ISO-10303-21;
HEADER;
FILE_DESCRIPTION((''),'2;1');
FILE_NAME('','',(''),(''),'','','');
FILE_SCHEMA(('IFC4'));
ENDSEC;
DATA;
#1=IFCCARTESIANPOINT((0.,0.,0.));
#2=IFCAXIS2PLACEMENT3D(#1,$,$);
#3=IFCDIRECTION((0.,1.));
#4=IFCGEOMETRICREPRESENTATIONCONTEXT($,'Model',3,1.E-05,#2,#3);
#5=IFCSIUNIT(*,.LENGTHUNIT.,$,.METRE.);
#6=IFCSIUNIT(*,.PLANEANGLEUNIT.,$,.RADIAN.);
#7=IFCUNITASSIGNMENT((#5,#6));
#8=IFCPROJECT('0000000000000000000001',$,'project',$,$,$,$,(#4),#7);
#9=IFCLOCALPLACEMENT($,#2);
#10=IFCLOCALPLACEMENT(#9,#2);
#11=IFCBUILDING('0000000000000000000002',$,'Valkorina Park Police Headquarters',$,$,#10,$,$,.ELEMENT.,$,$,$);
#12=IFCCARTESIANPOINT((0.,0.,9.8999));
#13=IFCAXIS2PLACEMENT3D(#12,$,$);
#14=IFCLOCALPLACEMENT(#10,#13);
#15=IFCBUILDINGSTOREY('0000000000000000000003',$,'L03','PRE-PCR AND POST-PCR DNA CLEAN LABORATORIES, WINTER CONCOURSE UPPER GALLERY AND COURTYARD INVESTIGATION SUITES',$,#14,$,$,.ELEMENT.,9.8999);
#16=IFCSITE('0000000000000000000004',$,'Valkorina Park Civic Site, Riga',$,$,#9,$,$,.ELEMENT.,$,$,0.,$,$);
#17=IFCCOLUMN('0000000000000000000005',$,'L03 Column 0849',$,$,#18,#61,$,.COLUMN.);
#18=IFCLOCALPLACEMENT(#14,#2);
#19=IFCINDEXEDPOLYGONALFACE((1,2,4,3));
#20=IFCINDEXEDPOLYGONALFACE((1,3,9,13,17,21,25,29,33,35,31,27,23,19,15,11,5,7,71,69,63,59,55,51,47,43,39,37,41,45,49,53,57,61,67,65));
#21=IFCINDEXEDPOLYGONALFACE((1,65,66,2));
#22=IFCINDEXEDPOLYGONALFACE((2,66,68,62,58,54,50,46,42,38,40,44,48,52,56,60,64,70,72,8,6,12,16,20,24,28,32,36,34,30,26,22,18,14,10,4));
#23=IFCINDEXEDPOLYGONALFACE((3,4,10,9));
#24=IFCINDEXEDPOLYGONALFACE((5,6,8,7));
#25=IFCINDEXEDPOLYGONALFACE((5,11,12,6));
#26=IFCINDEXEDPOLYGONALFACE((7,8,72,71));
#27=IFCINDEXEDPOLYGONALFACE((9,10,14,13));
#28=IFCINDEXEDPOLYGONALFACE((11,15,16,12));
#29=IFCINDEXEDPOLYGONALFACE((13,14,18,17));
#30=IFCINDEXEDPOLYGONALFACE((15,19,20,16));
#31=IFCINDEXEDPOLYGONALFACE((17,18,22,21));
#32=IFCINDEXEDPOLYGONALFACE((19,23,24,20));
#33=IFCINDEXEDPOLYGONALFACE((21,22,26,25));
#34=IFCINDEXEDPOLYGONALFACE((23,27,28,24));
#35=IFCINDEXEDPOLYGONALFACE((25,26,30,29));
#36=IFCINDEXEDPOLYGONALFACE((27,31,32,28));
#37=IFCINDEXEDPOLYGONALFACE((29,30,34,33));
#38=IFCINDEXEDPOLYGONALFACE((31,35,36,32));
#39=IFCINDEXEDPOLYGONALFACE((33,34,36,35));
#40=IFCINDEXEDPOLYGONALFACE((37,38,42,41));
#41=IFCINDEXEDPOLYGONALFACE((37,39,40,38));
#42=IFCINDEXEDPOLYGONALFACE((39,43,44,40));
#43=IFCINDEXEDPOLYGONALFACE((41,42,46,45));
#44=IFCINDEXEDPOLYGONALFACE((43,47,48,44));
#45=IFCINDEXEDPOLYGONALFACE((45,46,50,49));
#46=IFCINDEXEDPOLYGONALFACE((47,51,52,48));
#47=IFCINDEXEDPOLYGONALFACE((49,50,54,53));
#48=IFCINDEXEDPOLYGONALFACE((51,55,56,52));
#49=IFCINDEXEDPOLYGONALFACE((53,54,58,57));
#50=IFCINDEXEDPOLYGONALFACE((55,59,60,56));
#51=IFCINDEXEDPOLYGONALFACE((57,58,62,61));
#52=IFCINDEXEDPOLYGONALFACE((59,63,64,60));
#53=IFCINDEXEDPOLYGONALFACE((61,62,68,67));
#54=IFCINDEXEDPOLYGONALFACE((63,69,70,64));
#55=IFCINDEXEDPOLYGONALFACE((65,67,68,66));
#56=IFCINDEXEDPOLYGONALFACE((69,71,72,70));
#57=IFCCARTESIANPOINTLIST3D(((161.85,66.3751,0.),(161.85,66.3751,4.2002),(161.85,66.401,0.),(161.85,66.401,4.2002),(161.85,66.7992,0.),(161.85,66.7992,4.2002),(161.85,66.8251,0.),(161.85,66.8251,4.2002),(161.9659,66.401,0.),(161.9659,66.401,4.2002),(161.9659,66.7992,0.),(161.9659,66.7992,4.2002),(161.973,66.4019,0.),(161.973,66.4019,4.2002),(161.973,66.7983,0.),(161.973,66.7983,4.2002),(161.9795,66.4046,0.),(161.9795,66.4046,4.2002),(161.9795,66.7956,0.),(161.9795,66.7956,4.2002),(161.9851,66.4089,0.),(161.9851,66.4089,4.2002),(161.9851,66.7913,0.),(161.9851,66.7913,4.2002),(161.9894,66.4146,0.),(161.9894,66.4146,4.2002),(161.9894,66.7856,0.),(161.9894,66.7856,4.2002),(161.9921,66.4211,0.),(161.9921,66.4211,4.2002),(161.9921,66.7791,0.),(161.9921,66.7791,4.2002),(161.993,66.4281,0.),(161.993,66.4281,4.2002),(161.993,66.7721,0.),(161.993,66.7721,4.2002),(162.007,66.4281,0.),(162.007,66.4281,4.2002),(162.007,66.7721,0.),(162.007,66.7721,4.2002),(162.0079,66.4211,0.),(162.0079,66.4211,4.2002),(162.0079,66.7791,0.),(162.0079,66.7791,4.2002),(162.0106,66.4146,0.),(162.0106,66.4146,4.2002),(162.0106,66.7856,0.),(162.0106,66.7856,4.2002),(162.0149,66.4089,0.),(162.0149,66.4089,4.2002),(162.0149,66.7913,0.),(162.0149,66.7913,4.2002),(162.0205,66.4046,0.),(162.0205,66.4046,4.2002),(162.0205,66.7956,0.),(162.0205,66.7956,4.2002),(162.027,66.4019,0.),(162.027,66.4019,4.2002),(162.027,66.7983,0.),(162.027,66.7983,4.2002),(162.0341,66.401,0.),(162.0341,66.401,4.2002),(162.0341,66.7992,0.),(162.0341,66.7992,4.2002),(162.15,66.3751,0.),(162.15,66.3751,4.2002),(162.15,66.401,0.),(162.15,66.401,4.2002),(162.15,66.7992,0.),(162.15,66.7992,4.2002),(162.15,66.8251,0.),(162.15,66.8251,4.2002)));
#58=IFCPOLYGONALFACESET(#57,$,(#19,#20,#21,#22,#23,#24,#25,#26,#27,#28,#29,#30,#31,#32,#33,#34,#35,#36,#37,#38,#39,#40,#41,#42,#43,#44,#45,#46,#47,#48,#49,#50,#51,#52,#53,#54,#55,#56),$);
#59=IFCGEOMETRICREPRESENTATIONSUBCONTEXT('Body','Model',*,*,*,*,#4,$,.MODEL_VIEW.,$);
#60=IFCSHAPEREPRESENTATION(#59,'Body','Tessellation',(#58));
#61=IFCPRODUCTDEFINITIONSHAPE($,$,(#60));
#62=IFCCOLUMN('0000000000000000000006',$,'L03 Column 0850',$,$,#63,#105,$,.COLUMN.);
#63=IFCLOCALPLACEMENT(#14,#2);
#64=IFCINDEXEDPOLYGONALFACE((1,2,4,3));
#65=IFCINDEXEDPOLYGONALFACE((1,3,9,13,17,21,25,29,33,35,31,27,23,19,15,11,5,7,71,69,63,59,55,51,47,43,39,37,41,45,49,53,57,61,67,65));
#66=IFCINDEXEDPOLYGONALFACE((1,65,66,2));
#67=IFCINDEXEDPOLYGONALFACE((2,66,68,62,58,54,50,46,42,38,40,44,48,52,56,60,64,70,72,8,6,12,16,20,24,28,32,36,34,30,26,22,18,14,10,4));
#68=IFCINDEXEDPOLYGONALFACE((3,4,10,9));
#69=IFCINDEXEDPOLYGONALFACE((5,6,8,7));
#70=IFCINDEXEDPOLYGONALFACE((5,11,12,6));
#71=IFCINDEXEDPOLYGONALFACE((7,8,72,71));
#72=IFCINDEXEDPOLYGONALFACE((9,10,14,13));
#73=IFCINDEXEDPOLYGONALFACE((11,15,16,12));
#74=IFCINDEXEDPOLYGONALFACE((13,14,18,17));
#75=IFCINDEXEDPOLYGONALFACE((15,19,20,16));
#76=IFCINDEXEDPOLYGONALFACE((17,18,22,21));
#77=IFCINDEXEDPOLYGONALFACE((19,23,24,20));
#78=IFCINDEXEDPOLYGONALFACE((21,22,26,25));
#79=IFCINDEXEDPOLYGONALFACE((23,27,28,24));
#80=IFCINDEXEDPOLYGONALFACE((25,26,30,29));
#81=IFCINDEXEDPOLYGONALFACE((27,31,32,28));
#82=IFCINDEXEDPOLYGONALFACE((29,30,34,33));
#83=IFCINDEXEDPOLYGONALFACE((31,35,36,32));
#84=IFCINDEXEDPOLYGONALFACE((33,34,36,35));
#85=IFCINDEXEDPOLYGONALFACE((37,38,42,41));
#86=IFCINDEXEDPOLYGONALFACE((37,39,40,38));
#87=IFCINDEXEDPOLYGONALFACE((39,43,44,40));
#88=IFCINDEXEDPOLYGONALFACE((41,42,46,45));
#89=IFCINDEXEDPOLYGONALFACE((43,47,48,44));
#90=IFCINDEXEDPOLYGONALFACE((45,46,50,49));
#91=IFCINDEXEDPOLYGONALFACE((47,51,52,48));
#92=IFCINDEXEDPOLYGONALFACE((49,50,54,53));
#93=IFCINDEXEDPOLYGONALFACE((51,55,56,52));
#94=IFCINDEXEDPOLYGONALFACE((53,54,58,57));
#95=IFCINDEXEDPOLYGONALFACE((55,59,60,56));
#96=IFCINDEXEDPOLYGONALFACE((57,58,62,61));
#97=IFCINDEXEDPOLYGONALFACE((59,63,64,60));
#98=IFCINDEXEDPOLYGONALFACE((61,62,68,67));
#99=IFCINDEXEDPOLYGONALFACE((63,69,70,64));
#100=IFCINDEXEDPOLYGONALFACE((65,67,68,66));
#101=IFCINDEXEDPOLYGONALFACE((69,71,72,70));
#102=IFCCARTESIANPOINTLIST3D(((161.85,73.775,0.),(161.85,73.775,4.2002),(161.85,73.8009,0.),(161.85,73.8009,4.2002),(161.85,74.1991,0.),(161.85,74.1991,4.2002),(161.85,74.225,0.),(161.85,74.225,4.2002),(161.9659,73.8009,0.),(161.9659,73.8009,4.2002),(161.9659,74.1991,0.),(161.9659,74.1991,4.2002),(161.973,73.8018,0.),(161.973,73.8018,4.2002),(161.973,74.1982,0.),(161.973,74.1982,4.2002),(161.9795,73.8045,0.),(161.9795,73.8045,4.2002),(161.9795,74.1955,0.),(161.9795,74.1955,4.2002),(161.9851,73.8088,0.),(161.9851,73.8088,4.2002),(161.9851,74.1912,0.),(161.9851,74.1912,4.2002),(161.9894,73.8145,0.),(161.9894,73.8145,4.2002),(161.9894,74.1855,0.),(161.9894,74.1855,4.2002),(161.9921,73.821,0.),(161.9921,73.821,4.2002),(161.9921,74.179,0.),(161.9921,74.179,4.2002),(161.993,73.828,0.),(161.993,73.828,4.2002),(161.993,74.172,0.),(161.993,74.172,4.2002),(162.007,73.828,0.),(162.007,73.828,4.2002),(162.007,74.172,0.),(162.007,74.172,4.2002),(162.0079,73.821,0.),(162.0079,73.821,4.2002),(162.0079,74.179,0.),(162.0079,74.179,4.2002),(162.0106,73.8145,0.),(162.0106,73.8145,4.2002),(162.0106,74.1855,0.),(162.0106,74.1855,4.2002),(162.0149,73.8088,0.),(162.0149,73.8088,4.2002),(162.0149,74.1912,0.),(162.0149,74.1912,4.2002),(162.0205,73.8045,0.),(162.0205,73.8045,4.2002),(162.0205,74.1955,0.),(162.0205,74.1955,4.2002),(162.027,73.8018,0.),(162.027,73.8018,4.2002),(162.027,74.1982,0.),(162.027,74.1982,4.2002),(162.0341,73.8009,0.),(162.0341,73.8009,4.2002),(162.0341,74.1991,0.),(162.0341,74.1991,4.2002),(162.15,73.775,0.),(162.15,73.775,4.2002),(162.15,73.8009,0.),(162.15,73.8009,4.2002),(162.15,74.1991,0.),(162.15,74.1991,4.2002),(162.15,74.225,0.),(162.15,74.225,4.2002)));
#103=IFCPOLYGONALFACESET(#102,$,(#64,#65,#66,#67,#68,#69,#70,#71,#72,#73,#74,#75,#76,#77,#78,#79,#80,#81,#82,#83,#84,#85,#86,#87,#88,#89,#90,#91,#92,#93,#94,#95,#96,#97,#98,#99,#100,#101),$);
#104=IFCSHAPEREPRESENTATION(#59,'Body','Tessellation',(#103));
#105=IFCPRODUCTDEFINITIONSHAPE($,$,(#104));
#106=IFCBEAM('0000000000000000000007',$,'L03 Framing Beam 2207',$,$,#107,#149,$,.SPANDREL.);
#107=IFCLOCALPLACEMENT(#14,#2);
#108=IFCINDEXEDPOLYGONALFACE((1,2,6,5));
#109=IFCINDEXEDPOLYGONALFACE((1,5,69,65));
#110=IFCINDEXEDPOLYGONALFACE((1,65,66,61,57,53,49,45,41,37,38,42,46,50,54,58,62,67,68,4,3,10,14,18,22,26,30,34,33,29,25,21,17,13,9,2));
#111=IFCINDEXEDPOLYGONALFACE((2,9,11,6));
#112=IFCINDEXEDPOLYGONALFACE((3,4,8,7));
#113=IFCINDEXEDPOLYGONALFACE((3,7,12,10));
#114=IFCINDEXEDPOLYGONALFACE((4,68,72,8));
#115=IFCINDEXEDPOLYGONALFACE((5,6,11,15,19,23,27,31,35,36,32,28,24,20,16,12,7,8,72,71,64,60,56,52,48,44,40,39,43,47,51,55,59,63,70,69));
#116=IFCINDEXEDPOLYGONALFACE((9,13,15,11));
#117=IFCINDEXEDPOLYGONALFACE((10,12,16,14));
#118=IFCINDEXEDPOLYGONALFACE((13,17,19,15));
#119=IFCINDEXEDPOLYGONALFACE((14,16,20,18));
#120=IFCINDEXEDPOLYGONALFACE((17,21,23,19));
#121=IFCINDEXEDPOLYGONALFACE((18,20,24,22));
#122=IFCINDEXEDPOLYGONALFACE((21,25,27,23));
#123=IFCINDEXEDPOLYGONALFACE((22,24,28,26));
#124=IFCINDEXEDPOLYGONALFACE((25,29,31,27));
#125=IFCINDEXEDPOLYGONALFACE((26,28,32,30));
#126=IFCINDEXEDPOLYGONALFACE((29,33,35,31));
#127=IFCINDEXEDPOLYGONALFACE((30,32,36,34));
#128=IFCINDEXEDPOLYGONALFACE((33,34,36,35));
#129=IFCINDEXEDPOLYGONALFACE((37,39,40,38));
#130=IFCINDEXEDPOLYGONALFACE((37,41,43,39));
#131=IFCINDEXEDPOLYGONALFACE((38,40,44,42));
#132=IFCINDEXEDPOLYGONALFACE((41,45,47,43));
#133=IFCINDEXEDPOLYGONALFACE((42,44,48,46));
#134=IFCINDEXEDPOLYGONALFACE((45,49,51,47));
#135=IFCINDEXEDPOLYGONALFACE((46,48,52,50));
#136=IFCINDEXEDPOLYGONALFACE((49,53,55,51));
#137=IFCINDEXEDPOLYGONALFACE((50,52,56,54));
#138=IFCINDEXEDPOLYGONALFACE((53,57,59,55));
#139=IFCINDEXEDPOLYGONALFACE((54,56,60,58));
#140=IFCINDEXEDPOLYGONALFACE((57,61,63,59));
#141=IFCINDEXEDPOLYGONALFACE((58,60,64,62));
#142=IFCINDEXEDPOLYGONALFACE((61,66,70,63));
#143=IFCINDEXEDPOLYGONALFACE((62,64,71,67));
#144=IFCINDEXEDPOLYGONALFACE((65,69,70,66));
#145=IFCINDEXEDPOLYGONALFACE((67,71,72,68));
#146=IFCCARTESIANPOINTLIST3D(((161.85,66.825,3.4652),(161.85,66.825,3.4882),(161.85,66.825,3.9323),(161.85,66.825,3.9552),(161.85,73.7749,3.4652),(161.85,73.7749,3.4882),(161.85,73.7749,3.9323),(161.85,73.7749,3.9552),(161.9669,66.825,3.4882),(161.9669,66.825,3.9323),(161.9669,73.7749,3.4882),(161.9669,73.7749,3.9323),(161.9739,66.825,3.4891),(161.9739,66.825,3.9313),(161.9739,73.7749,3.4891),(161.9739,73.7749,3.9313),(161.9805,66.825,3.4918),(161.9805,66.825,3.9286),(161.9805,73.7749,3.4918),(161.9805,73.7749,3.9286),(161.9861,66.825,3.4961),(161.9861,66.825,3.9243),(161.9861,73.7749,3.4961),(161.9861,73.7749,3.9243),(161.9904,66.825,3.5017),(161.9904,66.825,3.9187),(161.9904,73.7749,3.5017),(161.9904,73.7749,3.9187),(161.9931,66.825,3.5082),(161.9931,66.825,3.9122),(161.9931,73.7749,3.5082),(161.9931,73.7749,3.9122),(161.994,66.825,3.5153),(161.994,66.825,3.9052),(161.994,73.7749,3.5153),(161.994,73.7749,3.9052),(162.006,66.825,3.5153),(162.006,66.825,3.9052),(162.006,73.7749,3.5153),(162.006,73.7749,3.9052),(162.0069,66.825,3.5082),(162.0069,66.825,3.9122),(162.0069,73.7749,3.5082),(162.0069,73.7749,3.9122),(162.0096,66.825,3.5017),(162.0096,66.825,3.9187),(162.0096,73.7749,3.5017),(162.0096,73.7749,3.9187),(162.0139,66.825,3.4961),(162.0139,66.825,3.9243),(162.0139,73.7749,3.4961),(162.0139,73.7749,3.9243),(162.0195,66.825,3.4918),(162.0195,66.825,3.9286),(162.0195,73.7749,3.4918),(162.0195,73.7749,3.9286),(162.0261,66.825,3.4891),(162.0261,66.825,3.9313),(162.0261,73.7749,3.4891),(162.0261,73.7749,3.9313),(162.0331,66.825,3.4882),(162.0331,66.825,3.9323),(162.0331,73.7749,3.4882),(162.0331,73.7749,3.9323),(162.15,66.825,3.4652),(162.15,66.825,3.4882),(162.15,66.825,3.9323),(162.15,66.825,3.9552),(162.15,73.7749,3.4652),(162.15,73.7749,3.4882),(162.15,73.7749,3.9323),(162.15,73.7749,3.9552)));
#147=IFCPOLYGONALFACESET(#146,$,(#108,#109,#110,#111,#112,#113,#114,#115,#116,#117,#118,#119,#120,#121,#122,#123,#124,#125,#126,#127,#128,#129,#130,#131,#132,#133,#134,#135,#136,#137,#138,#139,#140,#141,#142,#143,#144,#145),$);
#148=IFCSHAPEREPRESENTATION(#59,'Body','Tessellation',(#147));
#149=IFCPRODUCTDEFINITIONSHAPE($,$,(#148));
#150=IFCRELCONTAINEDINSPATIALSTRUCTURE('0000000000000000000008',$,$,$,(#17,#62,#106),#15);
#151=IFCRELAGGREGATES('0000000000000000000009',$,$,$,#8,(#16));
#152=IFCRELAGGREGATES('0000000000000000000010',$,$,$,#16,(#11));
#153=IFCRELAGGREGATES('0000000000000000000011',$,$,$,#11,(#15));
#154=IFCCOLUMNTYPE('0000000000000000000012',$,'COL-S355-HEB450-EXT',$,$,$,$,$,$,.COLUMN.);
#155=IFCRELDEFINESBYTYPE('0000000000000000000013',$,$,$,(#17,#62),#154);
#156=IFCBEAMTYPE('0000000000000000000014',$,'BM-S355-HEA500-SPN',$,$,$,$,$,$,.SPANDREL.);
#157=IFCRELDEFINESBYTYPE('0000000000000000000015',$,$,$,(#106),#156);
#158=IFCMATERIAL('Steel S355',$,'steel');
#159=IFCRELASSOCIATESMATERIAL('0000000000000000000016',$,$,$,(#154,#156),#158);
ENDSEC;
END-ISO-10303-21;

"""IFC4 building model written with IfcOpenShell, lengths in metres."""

from ifc_helpers import new_model, si_unit, direction, frame, origin, origin_2d, place, context, subcontext, project, spatial, i_section, extrude, material, material_profile, profile_set, type_object, element, save


model = new_model("IFC4")

# Units and contexts
model_context = context("Model", 3, precision=1e-05, world=origin(), true_north=direction((0.0, 1.0)))
body_context = subcontext(model_context, "Body", "Model", "MODEL_VIEW")
ifc_project = project(units=[si_unit("LENGTHUNIT", "METRE"), si_unit("PLANEANGLEUNIT", "RADIAN")], contexts=[model_context])

# Site, building, storey
site_placement = place(None, origin())
site = spatial("IfcSite", under=ifc_project, at=site_placement, Name="Valkorina Park Civic Site, Riga", CompositionType="ELEMENT", RefElevation=0.0)
building_placement = place(site_placement, origin())
building = spatial("IfcBuilding", under=site, at=building_placement, Name="Valkorina Park Police Headquarters", CompositionType="ELEMENT")
storey_placement = place(building_placement, frame((0.0, 0.0, 9.8999)))
storey = spatial("IfcBuildingStorey", under=building, at=storey_placement, Name="L03", Description="PRE-PCR AND POST-PCR DNA CLEAN LABORATORIES, WINTER CONCOURSE UPPER GALLERY AND COURTYARD INVESTIGATION SUITES", CompositionType="ELEMENT", Elevation=9.8999)

# Columns
ifc_material_1 = material(Name="Steel S355", Category="steel")
ifc_material_profile_1 = material_profile(ifc_material_1, i_section(OverallWidth=0.3, OverallDepth=0.45, WebThickness=0.0139, FlangeThickness=0.0259, FilletRadius=0.0271, at=origin_2d()), Name="HEB 450")
ifc_profile_set_1 = profile_set([ifc_material_profile_1], Name="Steel S355")
column_type = type_object("IfcColumnType", Name="COL-S355-HEB450-EXT", PredefinedType="COLUMN", material=ifc_profile_set_1)
for number, where, z_axis, x_axis, name in (
    (1, (162.0, 66.6001, 0.0), (0.0, 0.0, 1.0), (1.0, 0.0, 0.0), "L03 Column 0849"),
    (2, (162.0, 74.0, 0.0), (0.0, 0.0, 1.0), (1.0, 0.0, 0.0), "L03 Column 0850"),
):
    element("IfcColumn", number, at=place(storey_placement, frame(where, z_axis=z_axis, x_axis=x_axis)), inside=storey, type_object=column_type, Name=name, PredefinedType="COLUMN", context=body_context, shape_type="SweptSolid", body=[
        extrude(i_section(OverallWidth=0.3, OverallDepth=0.45, WebThickness=0.0139, FlangeThickness=0.0259, FilletRadius=0.0271, at=origin_2d()), origin(), (0.0, 0.0, 1.0), 4.2002),
    ])

# Beam
ifc_material_profile_2 = material_profile(ifc_material_1, i_section(OverallWidth=0.3, OverallDepth=0.49, WebThickness=0.012, FlangeThickness=0.0229, FilletRadius=0.0271, at=origin_2d()), Name="HEA 500")
ifc_profile_set_2 = profile_set([ifc_material_profile_2], Name="Steel S355")
beam_type = type_object("IfcBeamType", Name="BM-S355-HEA500-SPN", PredefinedType="SPANDREL", material=ifc_profile_set_2)
beam_placement = place(storey_placement, frame((162.0, 66.825, 3.7102), z_axis=(0.0, 1.0, 0.0), x_axis=(-1.0, 0.0, 0.0)))
element("IfcBeam", 3, at=beam_placement, inside=storey, type_object=beam_type, Name="L03 Framing Beam 2207", PredefinedType="SPANDREL", context=body_context, shape_type="SweptSolid", body=[
    extrude(i_section(OverallWidth=0.3, OverallDepth=0.49, WebThickness=0.012, FlangeThickness=0.0229, FilletRadius=0.0271, at=origin_2d()), origin(), (0.0, 0.0, 1.0), 6.95),
])

save(model, "model.ifc")
